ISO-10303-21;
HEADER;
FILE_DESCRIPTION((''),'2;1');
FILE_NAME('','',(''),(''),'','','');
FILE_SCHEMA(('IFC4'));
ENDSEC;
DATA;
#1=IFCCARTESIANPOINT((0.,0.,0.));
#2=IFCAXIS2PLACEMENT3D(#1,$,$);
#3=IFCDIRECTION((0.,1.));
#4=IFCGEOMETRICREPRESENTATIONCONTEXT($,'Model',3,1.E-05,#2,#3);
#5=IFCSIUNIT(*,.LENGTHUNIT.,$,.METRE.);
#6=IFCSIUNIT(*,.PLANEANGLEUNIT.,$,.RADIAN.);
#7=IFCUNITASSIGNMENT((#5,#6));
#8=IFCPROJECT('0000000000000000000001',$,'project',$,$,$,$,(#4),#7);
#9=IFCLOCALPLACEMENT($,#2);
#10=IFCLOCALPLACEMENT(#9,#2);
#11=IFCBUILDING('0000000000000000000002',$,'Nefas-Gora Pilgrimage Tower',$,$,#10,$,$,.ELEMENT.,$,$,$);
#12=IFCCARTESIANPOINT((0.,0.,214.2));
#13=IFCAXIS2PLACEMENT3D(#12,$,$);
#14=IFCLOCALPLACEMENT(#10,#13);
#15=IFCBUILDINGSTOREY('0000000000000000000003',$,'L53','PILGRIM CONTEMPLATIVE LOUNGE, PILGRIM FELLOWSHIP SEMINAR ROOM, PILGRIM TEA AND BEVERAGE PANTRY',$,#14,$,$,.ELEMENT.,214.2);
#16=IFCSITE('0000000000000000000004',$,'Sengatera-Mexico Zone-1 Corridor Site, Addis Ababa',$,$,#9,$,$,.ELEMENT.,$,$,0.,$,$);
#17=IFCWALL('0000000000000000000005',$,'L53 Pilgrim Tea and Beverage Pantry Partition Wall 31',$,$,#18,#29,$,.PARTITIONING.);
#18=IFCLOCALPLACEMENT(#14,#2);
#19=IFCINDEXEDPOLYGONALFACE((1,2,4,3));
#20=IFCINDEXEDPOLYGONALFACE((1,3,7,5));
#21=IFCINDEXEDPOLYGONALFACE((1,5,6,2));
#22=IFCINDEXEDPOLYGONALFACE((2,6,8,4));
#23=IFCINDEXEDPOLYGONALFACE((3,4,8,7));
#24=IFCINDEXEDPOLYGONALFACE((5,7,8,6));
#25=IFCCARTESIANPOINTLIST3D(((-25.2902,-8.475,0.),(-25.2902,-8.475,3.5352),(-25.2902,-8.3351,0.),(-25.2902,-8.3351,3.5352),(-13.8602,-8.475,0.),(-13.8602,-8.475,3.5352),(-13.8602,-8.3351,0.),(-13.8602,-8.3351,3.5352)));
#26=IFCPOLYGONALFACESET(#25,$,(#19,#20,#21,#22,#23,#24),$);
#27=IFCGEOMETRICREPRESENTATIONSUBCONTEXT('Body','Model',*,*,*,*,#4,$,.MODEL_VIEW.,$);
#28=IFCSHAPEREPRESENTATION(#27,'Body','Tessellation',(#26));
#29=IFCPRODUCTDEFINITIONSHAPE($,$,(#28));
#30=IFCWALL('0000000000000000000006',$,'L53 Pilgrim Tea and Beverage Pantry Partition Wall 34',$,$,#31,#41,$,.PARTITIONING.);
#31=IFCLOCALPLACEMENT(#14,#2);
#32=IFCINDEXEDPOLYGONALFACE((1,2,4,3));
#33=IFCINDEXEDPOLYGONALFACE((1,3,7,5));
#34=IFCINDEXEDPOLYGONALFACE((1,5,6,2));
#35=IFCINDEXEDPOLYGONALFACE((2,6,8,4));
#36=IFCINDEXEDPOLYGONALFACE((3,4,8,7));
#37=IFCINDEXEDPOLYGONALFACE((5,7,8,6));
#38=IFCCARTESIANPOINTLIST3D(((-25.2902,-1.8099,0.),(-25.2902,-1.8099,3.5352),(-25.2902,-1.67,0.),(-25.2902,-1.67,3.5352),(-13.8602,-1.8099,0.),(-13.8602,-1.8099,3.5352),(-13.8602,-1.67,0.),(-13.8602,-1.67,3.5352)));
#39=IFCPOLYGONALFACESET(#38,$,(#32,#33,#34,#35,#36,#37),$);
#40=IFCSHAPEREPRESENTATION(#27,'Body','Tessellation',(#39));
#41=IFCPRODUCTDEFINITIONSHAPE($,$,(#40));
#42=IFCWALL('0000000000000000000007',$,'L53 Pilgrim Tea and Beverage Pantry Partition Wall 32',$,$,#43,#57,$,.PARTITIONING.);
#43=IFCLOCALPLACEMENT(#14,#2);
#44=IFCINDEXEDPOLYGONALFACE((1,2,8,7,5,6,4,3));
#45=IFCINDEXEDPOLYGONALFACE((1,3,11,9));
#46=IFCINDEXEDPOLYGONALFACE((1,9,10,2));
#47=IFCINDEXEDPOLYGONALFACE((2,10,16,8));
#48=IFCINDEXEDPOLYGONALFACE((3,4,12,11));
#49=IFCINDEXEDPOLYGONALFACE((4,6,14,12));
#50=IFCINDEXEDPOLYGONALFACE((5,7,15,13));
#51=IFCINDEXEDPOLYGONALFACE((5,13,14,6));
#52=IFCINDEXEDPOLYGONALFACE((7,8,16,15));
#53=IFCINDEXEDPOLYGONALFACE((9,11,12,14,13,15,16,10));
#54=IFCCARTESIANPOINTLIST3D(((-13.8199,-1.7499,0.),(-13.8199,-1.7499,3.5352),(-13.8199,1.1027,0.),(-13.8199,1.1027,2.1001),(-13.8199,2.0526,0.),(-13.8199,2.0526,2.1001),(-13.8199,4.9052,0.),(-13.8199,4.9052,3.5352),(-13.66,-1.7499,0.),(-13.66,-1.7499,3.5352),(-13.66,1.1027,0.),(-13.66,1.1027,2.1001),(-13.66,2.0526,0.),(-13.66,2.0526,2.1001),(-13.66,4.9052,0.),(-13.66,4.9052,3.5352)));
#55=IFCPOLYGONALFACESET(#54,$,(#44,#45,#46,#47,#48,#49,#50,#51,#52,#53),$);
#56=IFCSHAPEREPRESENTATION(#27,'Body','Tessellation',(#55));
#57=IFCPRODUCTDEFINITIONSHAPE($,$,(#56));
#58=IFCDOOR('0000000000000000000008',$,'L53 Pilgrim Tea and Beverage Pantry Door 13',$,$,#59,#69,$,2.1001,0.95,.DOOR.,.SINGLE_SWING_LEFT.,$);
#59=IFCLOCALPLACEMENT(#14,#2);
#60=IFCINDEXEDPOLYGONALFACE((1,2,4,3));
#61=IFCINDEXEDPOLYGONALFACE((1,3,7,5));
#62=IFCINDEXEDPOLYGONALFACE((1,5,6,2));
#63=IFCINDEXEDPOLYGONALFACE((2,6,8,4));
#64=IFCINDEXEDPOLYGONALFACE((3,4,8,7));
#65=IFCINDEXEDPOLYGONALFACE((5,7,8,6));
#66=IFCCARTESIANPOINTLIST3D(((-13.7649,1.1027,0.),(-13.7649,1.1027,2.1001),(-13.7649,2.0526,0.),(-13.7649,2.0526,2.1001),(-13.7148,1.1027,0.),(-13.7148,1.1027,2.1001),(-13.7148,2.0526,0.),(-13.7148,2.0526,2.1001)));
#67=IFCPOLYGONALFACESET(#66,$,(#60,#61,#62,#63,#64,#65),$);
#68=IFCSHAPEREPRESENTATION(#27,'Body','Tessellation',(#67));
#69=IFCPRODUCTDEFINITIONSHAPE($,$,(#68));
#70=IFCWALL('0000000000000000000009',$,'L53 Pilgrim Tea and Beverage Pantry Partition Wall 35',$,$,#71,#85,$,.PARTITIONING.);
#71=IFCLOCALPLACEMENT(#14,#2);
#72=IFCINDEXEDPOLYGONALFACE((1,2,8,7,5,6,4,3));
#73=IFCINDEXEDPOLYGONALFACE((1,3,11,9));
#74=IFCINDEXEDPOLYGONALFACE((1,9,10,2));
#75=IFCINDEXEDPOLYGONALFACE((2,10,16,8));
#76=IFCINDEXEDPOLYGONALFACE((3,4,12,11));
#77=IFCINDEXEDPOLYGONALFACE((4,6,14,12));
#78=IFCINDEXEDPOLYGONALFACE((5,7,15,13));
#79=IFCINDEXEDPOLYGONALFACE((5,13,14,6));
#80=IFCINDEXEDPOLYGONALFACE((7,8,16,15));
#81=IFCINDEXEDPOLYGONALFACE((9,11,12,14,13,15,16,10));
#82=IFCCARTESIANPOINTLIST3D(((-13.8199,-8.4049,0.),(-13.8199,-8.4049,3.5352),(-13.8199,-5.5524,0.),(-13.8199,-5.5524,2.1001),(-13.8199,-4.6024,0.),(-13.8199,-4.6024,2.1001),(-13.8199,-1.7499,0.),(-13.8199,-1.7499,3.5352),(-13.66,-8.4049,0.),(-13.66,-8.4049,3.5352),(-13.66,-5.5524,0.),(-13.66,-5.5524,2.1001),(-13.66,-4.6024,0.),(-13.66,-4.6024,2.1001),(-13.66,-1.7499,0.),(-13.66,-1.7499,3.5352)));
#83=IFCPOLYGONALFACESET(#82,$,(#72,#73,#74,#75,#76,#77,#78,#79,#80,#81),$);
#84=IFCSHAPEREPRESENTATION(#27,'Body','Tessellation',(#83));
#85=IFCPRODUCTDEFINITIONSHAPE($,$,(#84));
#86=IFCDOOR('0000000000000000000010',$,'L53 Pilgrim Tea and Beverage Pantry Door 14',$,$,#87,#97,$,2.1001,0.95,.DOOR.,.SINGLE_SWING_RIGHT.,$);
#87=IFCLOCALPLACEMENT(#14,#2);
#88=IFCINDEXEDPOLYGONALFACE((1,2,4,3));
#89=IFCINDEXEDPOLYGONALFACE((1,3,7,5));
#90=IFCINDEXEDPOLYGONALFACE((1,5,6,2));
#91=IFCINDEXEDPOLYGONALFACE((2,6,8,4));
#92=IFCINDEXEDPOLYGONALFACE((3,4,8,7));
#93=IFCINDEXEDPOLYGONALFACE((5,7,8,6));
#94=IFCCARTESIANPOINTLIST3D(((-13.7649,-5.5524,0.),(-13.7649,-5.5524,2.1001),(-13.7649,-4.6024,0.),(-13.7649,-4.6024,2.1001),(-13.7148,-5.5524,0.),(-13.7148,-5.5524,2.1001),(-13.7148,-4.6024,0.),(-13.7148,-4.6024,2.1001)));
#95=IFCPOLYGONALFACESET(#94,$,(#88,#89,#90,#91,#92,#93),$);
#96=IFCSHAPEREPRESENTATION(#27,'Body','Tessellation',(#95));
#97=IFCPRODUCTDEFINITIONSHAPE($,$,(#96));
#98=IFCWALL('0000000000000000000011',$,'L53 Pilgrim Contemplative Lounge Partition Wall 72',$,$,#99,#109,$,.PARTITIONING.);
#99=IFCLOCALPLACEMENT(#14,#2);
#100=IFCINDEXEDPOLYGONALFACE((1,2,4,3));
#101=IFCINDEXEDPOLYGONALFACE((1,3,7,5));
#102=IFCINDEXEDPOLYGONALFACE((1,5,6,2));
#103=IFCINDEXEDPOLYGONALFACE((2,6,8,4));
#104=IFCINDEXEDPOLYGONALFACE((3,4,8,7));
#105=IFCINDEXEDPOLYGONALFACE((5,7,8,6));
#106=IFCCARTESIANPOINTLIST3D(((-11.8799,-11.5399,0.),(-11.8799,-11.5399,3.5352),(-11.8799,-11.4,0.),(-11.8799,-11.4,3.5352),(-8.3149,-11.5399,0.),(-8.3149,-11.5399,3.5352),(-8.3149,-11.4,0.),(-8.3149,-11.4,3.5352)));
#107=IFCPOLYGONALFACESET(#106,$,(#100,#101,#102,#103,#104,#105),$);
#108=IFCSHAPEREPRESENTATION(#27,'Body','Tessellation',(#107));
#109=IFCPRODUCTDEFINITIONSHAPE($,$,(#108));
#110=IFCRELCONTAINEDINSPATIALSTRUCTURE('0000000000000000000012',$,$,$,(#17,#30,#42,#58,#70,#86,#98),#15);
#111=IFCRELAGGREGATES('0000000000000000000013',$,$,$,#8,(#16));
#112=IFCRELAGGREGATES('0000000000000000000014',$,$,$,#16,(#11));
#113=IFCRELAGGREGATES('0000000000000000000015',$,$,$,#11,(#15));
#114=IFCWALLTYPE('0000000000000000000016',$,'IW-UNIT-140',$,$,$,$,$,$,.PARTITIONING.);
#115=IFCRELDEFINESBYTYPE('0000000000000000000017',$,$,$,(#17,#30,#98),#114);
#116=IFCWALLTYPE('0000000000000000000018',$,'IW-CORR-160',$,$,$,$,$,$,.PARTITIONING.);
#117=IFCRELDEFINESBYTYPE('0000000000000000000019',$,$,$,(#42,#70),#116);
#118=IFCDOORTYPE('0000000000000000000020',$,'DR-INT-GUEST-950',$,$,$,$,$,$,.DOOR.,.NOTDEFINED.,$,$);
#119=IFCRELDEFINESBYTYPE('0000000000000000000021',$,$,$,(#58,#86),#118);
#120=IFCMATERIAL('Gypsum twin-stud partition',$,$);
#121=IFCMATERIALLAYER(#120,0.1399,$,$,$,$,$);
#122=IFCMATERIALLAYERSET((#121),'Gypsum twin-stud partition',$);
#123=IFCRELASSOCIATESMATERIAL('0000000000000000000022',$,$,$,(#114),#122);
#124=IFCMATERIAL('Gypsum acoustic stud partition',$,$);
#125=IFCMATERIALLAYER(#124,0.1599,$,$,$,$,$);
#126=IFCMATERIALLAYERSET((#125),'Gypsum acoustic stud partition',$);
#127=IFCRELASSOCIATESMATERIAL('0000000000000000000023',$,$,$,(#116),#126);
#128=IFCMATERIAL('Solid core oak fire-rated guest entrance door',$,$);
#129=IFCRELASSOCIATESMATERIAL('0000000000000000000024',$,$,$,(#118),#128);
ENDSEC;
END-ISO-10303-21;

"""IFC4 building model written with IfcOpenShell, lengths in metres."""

from ifc_helpers import new_model, si_unit, direction, frame, frame_2d, origin, place, context, subcontext, project, spatial, rectangle, extrude, source, transform, mapped, material, layer, layer_set, type_object, element, fill, save


model = new_model("IFC4")

# Units and contexts
model_context = context("Model", 3, precision=1e-05, world=origin(), true_north=direction((0.0, 1.0)))
body_context = subcontext(model_context, "Body", "Model", "MODEL_VIEW")
ifc_project = project(units=[si_unit("LENGTHUNIT", "METRE"), si_unit("PLANEANGLEUNIT", "RADIAN")], contexts=[model_context])

# Site, building, storey
site_placement = place(None, origin())
site = spatial("IfcSite", under=ifc_project, at=site_placement, Name="Sengatera-Mexico Zone-1 Corridor Site, Addis Ababa", CompositionType="ELEMENT", RefElevation=0.0)
building_placement = place(site_placement, origin())
building = spatial("IfcBuilding", under=site, at=building_placement, Name="Nefas-Gora Pilgrimage Tower", CompositionType="ELEMENT")
storey_placement = place(building_placement, frame((0.0, 0.0, 214.2)))
storey = spatial("IfcBuildingStorey", under=building, at=storey_placement, Name="L53", Description="PILGRIM CONTEMPLATIVE LOUNGE, PILGRIM FELLOWSHIP SEMINAR ROOM, PILGRIM TEA AND BEVERAGE PANTRY", CompositionType="ELEMENT", Elevation=214.2)

# Walls
ifc_material_1 = material(Name="Gypsum twin-stud partition")
ifc_layer_1 = layer(ifc_material_1, 0.1399)
ifc_layer_set_1 = layer_set([ifc_layer_1], Name="Gypsum twin-stud partition")
wall_type_1 = type_object("IfcWallType", Name="IW-UNIT-140", PredefinedType="PARTITIONING", material=ifc_layer_set_1)
shared_shape_1 = source(origin(), body_context, "Body", "SweptSolid", [
    extrude(rectangle(XDim=11.4299, YDim=0.1399, at=frame_2d((5.7148, 0.0))), origin(), (0.0, 0.0, 1.0), 3.5352),
])
for number, where, z_axis, x_axis, name in (
    (1, (-25.29, -8.405, 0.0), (0.0, 0.0, 1.0), (1.0, 0.0, 0.0), "L53 Pilgrim Tea and Beverage Pantry Partition Wall 31"),
    (2, (-25.29, -1.74, 0.0), (0.0, 0.0, 1.0), (1.0, 0.0, 0.0), "L53 Pilgrim Tea and Beverage Pantry Partition Wall 34"),
):
    element("IfcWall", number, at=place(storey_placement, frame(where, z_axis=z_axis, x_axis=x_axis)), inside=storey, type_object=wall_type_1, Name=name, PredefinedType="PARTITIONING", context=body_context, shape_type="MappedRepresentation", body=[
        mapped(shared_shape_1, transform((0.0, 0.0, 0.0), x_axis=(1.0, 0.0, 0.0), y_axis=(0.0, 1.0, 0.0), z_axis=(0.0, 0.0, 1.0), scale=1.0)),
    ])

# Walls, openings, doors
ifc_material_2 = material(Name="Gypsum acoustic stud partition")
ifc_layer_2 = layer(ifc_material_2, 0.1599)
ifc_layer_set_2 = layer_set([ifc_layer_2], Name="Gypsum acoustic stud partition")
wall_type_2 = type_object("IfcWallType", Name="IW-CORR-160", PredefinedType="PARTITIONING", material=ifc_layer_set_2)
shared_shape_2 = source(origin(), body_context, "Body", "SweptSolid", [
    extrude(rectangle(XDim=6.655, YDim=0.1599, at=frame_2d((3.3276, 0.0))), origin(), (0.0, 0.0, 1.0), 3.5352),
])
wall_1_placement = place(storey_placement, frame((-13.74, -1.75, 0.0), z_axis=(0.0, 0.0, 1.0), x_axis=(0.0, 1.0, 0.0)))
wall_1 = element("IfcWall", 3, at=wall_1_placement, inside=storey, type_object=wall_type_2, Name="L53 Pilgrim Tea and Beverage Pantry Partition Wall 32", PredefinedType="PARTITIONING", context=body_context, shape_type="MappedRepresentation", body=[
    mapped(shared_shape_2, transform((0.0, 0.0, 0.0), x_axis=(1.0, 0.0, 0.0), y_axis=(0.0, 1.0, 0.0), z_axis=(0.0, 0.0, 1.0), scale=1.0)),
])
opening_1_placement = place(wall_1_placement, frame((2.8525, 0.0, 0.0)))
opening_1 = element("IfcOpeningElement", 4, at=opening_1_placement, cuts=wall_1, PredefinedType="OPENING", context=body_context, shape_type="SweptSolid", body=[
    extrude(rectangle(XDim=0.95, YDim=2.1001, at=frame_2d((0.4751, 1.05))), frame((0.0, 0.0898, 0.0), z_axis=(0.0, -1.0, 0.0), x_axis=(1.0, 0.0, 0.0)), (0.0, 0.0, 1.0), 0.1799),
])
ifc_material_3 = material(Name="Solid core oak fire-rated guest entrance door")
door_type_1 = type_object("IfcDoorType", Name="DR-INT-GUEST-950", OperationType="NOTDEFINED", PredefinedType="DOOR", material=ifc_material_3)
shared_shape_3 = source(origin(), body_context, "Body", "SweptSolid", [
    extrude(rectangle(XDim=0.95, YDim=2.1001, at=frame_2d((0.4751, 1.05))), frame((0.0, 0.0249, 0.0), z_axis=(0.0, -1.0, 0.0), x_axis=(1.0, 0.0, 0.0)), (0.0, 0.0, 1.0), 0.05),
])
door_1_placement = place(opening_1_placement, origin())
door_1 = element("IfcDoor", 5, at=door_1_placement, inside=storey, type_object=door_type_1, Name="L53 Pilgrim Tea and Beverage Pantry Door 13", OperationType="SINGLE_SWING_LEFT", OverallHeight=2.1001, OverallWidth=0.95, PredefinedType="DOOR", context=body_context, shape_type="MappedRepresentation", body=[
    mapped(shared_shape_3, transform((0.0, 0.0, 0.0), x_axis=(1.0, 0.0, 0.0), y_axis=(0.0, 1.0, 0.0), z_axis=(0.0, 0.0, 1.0), scale=1.0)),
])
fill(opening_1, door_1)
wall_2_placement = place(storey_placement, frame((-13.74, -8.405, 0.0), z_axis=(0.0, 0.0, 1.0), x_axis=(0.0, 1.0, 0.0)))
wall_2 = element("IfcWall", 6, at=wall_2_placement, inside=storey, type_object=wall_type_2, Name="L53 Pilgrim Tea and Beverage Pantry Partition Wall 35", PredefinedType="PARTITIONING", context=body_context, shape_type="MappedRepresentation", body=[
    mapped(shared_shape_2, transform((0.0, 0.0, 0.0), x_axis=(1.0, 0.0, 0.0), y_axis=(0.0, 1.0, 0.0), z_axis=(0.0, 0.0, 1.0), scale=1.0)),
])
opening_2_placement = place(wall_2_placement, frame((2.8525, 0.0, 0.0)))
opening_2 = element("IfcOpeningElement", 7, at=opening_2_placement, cuts=wall_2, PredefinedType="OPENING", context=body_context, shape_type="SweptSolid", body=[
    extrude(rectangle(XDim=0.95, YDim=2.1001, at=frame_2d((0.4751, 1.05))), frame((0.0, 0.0898, 0.0), z_axis=(0.0, -1.0, 0.0), x_axis=(1.0, 0.0, 0.0)), (0.0, 0.0, 1.0), 0.1799),
])
door_2_placement = place(opening_2_placement, origin())
door_2 = element("IfcDoor", 8, at=door_2_placement, inside=storey, type_object=door_type_1, Name="L53 Pilgrim Tea and Beverage Pantry Door 14", OperationType="SINGLE_SWING_RIGHT", OverallHeight=2.1001, OverallWidth=0.95, PredefinedType="DOOR", context=body_context, shape_type="MappedRepresentation", body=[
    mapped(shared_shape_3, transform((0.0, 0.0, 0.0), x_axis=(1.0, 0.0, 0.0), y_axis=(0.0, 1.0, 0.0), z_axis=(0.0, 0.0, 1.0), scale=1.0)),
])
fill(opening_2, door_2)

# Wall
shared_shape_4 = source(origin(), body_context, "Body", "SweptSolid", [
    extrude(rectangle(XDim=3.5649, YDim=0.1399, at=frame_2d((1.7825, 0.0))), origin(), (0.0, 0.0, 1.0), 3.5352),
])
wall_3_placement = place(storey_placement, frame((-11.8799, -11.47, 0.0), z_axis=(0.0, 0.0, 1.0), x_axis=(1.0, 0.0, 0.0)))
element("IfcWall", 9, at=wall_3_placement, inside=storey, type_object=wall_type_1, Name="L53 Pilgrim Contemplative Lounge Partition Wall 72", PredefinedType="PARTITIONING", context=body_context, shape_type="MappedRepresentation", body=[
    mapped(shared_shape_4, transform((0.0, 0.0, 0.0), x_axis=(1.0, 0.0, 0.0), y_axis=(0.0, 1.0, 0.0), z_axis=(0.0, 0.0, 1.0), scale=1.0)),
])

save(model, "model.ifc")
